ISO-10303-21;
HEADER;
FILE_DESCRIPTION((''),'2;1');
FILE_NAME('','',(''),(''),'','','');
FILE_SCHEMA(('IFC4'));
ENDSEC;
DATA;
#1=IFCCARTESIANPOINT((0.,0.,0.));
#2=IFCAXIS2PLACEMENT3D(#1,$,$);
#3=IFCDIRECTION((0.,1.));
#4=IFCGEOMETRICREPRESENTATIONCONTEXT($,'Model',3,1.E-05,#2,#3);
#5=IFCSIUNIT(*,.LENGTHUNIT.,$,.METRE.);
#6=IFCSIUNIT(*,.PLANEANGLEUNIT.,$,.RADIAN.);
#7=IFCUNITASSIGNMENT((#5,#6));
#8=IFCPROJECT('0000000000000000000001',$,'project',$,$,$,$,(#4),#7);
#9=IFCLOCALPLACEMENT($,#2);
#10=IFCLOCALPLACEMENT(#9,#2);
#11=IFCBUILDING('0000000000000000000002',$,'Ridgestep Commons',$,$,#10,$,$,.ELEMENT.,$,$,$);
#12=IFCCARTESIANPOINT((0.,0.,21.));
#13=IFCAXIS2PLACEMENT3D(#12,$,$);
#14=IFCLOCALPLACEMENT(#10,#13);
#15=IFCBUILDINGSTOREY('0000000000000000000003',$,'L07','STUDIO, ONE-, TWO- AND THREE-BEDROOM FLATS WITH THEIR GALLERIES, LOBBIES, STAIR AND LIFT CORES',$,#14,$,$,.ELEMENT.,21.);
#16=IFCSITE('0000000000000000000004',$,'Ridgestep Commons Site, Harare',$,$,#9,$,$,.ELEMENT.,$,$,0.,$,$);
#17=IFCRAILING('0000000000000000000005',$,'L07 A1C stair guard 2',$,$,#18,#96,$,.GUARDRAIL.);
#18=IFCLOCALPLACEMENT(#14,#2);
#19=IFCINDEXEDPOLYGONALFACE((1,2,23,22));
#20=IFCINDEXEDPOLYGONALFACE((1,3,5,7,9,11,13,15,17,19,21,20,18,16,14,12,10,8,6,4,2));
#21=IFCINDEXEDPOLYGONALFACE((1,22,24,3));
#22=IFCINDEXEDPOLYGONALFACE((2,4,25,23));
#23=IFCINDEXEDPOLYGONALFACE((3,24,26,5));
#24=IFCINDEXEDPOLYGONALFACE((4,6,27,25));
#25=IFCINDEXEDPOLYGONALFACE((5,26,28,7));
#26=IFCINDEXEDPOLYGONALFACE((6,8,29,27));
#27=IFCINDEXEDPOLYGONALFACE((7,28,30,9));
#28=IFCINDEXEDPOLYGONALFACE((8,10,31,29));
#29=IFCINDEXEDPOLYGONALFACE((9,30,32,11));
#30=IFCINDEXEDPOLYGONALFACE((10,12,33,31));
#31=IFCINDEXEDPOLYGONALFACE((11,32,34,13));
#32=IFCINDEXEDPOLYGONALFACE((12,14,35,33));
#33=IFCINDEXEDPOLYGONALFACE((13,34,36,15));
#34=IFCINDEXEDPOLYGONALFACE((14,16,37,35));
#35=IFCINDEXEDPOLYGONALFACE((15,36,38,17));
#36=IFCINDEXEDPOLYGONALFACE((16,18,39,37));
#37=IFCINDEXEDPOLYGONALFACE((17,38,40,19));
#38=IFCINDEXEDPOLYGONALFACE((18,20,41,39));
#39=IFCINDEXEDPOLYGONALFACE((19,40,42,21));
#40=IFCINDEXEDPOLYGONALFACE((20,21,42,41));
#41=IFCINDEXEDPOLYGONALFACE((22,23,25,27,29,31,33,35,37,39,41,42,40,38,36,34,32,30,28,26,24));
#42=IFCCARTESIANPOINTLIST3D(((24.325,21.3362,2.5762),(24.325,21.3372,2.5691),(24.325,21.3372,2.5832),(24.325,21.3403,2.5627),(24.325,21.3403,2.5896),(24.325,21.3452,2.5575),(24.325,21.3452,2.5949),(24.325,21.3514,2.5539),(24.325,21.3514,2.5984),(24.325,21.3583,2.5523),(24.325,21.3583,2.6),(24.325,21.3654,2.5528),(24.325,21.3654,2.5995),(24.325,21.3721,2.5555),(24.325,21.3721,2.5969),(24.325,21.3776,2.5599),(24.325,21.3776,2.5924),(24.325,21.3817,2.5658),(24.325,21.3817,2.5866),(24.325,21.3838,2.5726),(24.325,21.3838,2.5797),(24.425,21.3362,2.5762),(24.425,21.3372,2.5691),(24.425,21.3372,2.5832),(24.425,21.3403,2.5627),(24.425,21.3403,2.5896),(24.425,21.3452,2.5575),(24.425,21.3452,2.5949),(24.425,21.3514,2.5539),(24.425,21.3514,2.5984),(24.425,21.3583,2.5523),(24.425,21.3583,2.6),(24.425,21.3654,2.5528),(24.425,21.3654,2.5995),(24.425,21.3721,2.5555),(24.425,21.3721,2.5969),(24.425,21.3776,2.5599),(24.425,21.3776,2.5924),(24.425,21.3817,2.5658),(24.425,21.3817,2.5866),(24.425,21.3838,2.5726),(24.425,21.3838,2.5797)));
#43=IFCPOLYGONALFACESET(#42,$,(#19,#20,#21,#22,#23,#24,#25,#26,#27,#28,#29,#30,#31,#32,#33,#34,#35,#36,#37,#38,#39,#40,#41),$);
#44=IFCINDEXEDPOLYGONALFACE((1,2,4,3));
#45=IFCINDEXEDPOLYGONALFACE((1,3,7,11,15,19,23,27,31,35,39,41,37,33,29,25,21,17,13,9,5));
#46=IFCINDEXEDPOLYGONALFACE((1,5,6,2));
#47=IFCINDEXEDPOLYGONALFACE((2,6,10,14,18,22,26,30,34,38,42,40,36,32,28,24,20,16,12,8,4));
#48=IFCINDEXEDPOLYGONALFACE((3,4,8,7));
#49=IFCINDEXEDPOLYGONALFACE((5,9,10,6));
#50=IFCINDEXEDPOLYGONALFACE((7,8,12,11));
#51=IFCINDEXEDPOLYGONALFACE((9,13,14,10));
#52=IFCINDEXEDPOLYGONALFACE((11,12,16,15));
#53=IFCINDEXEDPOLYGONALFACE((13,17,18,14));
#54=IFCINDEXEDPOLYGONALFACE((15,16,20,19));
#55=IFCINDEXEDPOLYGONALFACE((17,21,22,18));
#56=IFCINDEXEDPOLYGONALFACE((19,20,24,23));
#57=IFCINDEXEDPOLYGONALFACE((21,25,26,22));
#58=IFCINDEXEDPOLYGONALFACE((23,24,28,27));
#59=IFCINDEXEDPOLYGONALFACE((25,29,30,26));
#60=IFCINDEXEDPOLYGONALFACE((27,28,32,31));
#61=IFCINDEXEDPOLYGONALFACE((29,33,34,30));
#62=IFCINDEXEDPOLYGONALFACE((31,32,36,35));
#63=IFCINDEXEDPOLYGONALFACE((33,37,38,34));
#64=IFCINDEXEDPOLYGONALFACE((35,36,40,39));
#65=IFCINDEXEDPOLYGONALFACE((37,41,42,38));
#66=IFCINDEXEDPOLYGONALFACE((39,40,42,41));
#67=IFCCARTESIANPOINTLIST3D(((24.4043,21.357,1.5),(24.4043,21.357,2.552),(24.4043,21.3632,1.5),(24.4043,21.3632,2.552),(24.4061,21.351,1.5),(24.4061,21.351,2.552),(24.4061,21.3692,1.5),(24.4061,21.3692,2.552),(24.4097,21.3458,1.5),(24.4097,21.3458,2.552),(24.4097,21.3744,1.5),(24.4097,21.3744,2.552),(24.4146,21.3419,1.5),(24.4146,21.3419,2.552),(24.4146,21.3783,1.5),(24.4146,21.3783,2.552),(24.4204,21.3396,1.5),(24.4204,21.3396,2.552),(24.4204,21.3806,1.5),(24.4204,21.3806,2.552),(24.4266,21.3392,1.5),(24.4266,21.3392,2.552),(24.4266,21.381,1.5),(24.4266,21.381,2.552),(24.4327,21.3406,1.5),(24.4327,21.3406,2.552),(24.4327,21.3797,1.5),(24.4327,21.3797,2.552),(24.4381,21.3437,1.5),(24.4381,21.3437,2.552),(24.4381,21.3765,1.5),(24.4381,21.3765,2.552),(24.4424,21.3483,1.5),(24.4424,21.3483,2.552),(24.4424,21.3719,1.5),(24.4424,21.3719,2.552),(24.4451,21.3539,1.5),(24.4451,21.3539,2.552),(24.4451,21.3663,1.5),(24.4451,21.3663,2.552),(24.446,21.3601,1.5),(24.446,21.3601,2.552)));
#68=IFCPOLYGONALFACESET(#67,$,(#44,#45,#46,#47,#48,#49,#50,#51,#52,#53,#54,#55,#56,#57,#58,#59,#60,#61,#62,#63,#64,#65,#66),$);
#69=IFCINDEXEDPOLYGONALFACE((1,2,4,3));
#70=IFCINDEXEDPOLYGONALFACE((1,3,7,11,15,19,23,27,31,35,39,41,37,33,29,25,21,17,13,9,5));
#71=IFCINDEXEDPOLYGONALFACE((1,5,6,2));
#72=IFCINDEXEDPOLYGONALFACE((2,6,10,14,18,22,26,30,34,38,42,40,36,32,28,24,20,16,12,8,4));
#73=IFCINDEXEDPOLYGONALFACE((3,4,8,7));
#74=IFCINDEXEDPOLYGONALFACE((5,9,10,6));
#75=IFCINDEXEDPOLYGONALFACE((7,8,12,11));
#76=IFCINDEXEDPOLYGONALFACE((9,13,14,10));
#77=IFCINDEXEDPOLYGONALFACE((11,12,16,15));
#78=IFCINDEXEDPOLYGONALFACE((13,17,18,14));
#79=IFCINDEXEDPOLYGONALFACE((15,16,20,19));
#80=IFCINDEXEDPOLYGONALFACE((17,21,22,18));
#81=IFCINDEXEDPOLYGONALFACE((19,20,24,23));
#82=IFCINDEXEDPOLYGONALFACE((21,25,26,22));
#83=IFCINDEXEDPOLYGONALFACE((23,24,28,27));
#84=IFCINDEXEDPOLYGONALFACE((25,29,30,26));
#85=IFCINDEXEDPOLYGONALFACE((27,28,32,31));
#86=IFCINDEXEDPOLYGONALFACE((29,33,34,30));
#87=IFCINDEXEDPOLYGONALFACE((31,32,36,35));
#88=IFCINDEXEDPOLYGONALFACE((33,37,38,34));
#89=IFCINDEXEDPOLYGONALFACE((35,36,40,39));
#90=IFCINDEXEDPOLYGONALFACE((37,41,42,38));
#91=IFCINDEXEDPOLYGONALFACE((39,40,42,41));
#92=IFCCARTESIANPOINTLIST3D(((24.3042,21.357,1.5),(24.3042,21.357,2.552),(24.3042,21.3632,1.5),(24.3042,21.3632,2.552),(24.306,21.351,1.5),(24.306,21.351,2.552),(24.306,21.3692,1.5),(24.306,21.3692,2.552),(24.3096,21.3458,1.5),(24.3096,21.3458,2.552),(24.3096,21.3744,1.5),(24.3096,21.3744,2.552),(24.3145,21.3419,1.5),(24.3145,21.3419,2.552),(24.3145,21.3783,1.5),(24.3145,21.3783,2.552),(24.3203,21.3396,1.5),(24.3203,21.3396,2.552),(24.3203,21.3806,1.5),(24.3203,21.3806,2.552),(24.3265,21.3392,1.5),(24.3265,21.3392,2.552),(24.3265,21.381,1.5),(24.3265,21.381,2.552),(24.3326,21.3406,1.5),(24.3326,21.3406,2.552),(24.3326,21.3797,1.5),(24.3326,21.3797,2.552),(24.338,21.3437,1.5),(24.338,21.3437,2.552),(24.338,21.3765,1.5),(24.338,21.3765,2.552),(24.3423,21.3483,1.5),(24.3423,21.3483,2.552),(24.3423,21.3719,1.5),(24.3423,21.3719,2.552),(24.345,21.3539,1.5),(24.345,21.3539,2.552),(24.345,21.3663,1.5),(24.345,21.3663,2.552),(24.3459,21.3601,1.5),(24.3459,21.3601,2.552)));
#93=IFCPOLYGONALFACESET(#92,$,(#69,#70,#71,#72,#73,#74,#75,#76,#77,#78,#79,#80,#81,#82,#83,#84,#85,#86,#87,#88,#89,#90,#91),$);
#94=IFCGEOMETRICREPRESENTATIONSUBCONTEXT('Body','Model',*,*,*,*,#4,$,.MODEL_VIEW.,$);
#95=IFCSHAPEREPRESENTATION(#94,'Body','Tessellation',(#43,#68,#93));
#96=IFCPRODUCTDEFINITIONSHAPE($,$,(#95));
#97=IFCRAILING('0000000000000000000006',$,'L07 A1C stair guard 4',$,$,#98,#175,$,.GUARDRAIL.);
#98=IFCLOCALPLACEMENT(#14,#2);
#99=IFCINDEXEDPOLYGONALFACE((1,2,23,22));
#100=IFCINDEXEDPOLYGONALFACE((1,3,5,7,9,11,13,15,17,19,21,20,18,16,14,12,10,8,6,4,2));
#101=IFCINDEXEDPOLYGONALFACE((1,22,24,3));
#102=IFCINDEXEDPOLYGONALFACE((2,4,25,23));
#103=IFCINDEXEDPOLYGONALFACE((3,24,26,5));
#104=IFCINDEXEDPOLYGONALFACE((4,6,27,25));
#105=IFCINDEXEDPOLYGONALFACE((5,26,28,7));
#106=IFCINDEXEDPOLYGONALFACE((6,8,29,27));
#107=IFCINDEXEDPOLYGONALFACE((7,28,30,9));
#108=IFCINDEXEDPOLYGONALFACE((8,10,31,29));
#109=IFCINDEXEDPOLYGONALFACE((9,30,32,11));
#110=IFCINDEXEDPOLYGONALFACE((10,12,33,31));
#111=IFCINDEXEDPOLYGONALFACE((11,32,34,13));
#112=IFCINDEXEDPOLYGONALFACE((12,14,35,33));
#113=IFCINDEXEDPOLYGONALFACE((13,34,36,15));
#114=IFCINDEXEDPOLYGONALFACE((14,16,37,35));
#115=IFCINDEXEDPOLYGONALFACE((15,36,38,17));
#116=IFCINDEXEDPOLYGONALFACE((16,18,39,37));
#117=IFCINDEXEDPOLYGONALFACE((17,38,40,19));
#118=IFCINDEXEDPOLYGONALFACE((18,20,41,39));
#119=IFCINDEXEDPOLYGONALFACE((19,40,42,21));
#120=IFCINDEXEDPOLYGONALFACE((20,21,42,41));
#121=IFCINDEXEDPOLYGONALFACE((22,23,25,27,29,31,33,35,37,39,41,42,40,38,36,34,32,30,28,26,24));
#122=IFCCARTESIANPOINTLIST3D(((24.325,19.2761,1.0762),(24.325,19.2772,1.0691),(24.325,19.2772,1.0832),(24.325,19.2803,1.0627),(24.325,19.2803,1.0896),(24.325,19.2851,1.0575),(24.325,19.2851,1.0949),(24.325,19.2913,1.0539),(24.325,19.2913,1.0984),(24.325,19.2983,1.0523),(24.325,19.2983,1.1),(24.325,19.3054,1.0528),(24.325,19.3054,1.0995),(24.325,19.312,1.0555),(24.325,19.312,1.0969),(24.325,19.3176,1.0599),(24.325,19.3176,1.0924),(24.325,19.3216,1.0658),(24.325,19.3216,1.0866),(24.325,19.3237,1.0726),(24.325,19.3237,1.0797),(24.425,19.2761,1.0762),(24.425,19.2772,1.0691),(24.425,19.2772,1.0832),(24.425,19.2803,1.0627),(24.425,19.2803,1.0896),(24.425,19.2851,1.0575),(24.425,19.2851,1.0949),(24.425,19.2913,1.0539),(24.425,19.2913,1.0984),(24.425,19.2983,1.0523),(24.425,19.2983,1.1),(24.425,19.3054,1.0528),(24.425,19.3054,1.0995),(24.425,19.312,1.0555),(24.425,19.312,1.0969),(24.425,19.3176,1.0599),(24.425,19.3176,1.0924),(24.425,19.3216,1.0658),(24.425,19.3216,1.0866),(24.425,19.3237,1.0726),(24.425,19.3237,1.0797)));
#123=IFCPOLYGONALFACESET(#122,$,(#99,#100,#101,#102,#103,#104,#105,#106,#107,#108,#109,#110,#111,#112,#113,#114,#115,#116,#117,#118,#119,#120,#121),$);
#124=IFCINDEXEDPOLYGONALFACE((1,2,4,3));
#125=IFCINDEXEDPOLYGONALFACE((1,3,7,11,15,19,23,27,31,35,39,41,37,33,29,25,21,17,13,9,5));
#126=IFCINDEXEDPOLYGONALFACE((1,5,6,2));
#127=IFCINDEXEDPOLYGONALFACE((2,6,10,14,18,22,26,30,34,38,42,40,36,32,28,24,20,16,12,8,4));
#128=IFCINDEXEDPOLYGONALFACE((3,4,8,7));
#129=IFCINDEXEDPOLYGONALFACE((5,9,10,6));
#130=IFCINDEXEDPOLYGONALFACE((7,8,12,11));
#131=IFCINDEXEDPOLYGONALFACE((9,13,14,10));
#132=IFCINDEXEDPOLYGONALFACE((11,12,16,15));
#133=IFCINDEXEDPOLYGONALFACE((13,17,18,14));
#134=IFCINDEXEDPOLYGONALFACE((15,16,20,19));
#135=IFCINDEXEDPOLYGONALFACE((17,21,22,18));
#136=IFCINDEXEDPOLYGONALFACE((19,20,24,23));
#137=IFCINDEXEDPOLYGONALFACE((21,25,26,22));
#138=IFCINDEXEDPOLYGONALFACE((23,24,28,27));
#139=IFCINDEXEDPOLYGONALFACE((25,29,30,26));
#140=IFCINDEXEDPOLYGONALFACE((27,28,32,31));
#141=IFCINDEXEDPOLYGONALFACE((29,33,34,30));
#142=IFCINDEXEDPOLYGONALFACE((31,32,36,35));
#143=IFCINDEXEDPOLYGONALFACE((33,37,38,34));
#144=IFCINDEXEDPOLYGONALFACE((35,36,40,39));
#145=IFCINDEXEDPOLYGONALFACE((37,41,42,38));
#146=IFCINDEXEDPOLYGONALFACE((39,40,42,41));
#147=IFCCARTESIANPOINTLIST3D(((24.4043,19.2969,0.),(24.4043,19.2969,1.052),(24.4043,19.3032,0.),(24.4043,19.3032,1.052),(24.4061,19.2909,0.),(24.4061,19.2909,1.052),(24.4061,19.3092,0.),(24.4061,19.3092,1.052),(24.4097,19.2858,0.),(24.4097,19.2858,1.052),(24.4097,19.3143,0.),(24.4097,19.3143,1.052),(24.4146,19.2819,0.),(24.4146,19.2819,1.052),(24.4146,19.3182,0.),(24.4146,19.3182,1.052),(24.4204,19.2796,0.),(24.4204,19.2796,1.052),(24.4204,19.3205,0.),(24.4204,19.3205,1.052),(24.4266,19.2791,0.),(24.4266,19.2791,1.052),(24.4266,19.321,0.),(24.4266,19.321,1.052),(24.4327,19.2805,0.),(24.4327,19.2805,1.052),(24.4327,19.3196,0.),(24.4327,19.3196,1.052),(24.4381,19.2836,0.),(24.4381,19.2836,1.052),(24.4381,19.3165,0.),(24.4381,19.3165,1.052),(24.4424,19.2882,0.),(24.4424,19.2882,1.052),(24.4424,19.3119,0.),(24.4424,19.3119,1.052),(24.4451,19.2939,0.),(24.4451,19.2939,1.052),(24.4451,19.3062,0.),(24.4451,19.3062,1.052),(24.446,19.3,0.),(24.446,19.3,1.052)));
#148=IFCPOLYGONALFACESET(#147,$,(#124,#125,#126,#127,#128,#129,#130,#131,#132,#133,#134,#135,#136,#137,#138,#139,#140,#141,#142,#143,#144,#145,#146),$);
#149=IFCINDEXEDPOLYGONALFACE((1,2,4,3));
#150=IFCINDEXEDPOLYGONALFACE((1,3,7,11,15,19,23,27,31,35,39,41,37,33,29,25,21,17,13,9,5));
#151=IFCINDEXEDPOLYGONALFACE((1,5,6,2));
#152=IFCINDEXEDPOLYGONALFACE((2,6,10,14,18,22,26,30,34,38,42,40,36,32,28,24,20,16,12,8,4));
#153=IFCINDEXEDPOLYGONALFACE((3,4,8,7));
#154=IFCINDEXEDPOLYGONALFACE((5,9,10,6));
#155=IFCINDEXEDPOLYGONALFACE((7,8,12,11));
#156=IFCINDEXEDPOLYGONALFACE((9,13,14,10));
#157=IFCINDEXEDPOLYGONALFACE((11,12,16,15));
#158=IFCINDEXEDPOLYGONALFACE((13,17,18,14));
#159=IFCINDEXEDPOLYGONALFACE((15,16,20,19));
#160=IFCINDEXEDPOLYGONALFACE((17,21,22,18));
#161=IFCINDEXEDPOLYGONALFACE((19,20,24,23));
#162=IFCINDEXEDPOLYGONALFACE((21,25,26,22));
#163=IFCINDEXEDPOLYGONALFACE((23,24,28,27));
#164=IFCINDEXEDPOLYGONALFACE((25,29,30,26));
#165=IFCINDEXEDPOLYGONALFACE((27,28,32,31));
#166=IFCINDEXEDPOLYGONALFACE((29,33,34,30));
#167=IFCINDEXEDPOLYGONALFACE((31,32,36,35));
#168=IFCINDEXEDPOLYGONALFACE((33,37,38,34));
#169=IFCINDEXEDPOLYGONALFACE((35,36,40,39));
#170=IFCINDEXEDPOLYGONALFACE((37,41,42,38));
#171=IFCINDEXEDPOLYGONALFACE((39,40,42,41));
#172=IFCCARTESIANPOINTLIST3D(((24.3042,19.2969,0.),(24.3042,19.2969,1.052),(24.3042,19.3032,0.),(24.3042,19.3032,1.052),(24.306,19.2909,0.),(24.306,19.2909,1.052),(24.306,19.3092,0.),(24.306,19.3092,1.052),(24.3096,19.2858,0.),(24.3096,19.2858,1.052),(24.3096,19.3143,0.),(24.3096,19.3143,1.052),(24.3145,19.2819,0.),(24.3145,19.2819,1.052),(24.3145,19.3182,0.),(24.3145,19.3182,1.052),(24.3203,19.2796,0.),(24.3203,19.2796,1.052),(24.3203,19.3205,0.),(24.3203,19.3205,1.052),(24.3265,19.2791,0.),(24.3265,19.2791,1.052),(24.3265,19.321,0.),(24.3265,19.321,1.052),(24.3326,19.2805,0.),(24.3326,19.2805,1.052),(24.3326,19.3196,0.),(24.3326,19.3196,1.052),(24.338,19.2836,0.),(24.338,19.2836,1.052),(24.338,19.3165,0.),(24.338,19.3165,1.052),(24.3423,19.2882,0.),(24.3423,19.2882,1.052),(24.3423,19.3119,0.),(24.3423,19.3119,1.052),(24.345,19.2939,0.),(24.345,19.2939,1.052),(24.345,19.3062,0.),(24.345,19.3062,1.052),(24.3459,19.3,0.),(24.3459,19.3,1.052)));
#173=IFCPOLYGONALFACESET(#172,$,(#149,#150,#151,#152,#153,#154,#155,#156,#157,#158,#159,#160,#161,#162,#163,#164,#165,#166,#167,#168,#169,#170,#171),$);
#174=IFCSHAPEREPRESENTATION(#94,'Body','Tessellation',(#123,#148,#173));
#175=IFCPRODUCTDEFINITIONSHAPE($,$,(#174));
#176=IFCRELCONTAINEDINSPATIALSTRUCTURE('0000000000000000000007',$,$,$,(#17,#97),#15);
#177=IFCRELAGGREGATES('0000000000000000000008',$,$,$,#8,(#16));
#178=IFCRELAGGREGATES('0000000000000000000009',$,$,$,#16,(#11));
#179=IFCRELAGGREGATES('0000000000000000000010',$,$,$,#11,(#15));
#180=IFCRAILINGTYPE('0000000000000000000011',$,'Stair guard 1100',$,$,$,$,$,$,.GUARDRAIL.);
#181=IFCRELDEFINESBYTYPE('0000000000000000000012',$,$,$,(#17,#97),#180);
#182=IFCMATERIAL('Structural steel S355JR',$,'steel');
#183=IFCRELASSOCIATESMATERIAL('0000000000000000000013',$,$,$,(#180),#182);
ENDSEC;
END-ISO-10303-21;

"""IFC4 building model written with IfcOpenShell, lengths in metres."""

from ifc_helpers import new_model, si_unit, direction, frame, origin, origin_2d, place, context, subcontext, project, spatial, circle, extrude, material, type_object, element, save


model = new_model("IFC4")

# Units and contexts
model_context = context("Model", 3, precision=1e-05, world=origin(), true_north=direction((0.0, 1.0)))
body_context = subcontext(model_context, "Body", "Model", "MODEL_VIEW")
ifc_project = project(units=[si_unit("LENGTHUNIT", "METRE"), si_unit("PLANEANGLEUNIT", "RADIAN")], contexts=[model_context])

# Site, building, storey
site_placement = place(None, origin())
site = spatial("IfcSite", under=ifc_project, at=site_placement, Name="Ridgestep Commons Site, Harare", CompositionType="ELEMENT", RefElevation=0.0)
building_placement = place(site_placement, origin())
building = spatial("IfcBuilding", under=site, at=building_placement, Name="Ridgestep Commons", CompositionType="ELEMENT")
storey_placement = place(building_placement, frame((0.0, 0.0, 21.0)))
storey = spatial("IfcBuildingStorey", under=building, at=storey_placement, Name="L07", Description="STUDIO, ONE-, TWO- AND THREE-BEDROOM FLATS WITH THEIR GALLERIES, LOBBIES, STAIR AND LIFT CORES", CompositionType="ELEMENT", Elevation=21.0)

# Railings
ifc_material_1 = material(Name="Structural steel S355JR", Category="steel")
railing_type_1 = type_object("IfcRailingType", Name="Stair guard 1100", PredefinedType="GUARDRAIL", material=ifc_material_1)
for number, where, name in (
    (1, (24.425, 21.3601, 1.5), "L07 A1C stair guard 2"),
    (2, (24.425, 19.3, 0.0), "L07 A1C stair guard 4"),
):
    element("IfcRailing", number, at=place(storey_placement, frame(where)), inside=storey, type_object=railing_type_1, Name=name, PredefinedType="GUARDRAIL", context=body_context, shape_type="SweptSolid", body=[
        extrude(circle(Radius=0.0239, at=origin_2d()), frame((0.0, 0.0, 1.0762), z_axis=(-1.0, 0.0, 0.0), x_axis=(0.0, -1.0, 0.0)), (0.0, 0.0, 1.0), 0.1001),
        extrude(circle(Radius=0.021, at=origin_2d()), origin(), (0.0, 0.0, 1.0), 1.052),
        extrude(circle(Radius=0.021, at=origin_2d()), frame((-0.1001, 0.0, 0.0)), (0.0, 0.0, 1.0), 1.052),
    ])

save(model, "model.ifc")
